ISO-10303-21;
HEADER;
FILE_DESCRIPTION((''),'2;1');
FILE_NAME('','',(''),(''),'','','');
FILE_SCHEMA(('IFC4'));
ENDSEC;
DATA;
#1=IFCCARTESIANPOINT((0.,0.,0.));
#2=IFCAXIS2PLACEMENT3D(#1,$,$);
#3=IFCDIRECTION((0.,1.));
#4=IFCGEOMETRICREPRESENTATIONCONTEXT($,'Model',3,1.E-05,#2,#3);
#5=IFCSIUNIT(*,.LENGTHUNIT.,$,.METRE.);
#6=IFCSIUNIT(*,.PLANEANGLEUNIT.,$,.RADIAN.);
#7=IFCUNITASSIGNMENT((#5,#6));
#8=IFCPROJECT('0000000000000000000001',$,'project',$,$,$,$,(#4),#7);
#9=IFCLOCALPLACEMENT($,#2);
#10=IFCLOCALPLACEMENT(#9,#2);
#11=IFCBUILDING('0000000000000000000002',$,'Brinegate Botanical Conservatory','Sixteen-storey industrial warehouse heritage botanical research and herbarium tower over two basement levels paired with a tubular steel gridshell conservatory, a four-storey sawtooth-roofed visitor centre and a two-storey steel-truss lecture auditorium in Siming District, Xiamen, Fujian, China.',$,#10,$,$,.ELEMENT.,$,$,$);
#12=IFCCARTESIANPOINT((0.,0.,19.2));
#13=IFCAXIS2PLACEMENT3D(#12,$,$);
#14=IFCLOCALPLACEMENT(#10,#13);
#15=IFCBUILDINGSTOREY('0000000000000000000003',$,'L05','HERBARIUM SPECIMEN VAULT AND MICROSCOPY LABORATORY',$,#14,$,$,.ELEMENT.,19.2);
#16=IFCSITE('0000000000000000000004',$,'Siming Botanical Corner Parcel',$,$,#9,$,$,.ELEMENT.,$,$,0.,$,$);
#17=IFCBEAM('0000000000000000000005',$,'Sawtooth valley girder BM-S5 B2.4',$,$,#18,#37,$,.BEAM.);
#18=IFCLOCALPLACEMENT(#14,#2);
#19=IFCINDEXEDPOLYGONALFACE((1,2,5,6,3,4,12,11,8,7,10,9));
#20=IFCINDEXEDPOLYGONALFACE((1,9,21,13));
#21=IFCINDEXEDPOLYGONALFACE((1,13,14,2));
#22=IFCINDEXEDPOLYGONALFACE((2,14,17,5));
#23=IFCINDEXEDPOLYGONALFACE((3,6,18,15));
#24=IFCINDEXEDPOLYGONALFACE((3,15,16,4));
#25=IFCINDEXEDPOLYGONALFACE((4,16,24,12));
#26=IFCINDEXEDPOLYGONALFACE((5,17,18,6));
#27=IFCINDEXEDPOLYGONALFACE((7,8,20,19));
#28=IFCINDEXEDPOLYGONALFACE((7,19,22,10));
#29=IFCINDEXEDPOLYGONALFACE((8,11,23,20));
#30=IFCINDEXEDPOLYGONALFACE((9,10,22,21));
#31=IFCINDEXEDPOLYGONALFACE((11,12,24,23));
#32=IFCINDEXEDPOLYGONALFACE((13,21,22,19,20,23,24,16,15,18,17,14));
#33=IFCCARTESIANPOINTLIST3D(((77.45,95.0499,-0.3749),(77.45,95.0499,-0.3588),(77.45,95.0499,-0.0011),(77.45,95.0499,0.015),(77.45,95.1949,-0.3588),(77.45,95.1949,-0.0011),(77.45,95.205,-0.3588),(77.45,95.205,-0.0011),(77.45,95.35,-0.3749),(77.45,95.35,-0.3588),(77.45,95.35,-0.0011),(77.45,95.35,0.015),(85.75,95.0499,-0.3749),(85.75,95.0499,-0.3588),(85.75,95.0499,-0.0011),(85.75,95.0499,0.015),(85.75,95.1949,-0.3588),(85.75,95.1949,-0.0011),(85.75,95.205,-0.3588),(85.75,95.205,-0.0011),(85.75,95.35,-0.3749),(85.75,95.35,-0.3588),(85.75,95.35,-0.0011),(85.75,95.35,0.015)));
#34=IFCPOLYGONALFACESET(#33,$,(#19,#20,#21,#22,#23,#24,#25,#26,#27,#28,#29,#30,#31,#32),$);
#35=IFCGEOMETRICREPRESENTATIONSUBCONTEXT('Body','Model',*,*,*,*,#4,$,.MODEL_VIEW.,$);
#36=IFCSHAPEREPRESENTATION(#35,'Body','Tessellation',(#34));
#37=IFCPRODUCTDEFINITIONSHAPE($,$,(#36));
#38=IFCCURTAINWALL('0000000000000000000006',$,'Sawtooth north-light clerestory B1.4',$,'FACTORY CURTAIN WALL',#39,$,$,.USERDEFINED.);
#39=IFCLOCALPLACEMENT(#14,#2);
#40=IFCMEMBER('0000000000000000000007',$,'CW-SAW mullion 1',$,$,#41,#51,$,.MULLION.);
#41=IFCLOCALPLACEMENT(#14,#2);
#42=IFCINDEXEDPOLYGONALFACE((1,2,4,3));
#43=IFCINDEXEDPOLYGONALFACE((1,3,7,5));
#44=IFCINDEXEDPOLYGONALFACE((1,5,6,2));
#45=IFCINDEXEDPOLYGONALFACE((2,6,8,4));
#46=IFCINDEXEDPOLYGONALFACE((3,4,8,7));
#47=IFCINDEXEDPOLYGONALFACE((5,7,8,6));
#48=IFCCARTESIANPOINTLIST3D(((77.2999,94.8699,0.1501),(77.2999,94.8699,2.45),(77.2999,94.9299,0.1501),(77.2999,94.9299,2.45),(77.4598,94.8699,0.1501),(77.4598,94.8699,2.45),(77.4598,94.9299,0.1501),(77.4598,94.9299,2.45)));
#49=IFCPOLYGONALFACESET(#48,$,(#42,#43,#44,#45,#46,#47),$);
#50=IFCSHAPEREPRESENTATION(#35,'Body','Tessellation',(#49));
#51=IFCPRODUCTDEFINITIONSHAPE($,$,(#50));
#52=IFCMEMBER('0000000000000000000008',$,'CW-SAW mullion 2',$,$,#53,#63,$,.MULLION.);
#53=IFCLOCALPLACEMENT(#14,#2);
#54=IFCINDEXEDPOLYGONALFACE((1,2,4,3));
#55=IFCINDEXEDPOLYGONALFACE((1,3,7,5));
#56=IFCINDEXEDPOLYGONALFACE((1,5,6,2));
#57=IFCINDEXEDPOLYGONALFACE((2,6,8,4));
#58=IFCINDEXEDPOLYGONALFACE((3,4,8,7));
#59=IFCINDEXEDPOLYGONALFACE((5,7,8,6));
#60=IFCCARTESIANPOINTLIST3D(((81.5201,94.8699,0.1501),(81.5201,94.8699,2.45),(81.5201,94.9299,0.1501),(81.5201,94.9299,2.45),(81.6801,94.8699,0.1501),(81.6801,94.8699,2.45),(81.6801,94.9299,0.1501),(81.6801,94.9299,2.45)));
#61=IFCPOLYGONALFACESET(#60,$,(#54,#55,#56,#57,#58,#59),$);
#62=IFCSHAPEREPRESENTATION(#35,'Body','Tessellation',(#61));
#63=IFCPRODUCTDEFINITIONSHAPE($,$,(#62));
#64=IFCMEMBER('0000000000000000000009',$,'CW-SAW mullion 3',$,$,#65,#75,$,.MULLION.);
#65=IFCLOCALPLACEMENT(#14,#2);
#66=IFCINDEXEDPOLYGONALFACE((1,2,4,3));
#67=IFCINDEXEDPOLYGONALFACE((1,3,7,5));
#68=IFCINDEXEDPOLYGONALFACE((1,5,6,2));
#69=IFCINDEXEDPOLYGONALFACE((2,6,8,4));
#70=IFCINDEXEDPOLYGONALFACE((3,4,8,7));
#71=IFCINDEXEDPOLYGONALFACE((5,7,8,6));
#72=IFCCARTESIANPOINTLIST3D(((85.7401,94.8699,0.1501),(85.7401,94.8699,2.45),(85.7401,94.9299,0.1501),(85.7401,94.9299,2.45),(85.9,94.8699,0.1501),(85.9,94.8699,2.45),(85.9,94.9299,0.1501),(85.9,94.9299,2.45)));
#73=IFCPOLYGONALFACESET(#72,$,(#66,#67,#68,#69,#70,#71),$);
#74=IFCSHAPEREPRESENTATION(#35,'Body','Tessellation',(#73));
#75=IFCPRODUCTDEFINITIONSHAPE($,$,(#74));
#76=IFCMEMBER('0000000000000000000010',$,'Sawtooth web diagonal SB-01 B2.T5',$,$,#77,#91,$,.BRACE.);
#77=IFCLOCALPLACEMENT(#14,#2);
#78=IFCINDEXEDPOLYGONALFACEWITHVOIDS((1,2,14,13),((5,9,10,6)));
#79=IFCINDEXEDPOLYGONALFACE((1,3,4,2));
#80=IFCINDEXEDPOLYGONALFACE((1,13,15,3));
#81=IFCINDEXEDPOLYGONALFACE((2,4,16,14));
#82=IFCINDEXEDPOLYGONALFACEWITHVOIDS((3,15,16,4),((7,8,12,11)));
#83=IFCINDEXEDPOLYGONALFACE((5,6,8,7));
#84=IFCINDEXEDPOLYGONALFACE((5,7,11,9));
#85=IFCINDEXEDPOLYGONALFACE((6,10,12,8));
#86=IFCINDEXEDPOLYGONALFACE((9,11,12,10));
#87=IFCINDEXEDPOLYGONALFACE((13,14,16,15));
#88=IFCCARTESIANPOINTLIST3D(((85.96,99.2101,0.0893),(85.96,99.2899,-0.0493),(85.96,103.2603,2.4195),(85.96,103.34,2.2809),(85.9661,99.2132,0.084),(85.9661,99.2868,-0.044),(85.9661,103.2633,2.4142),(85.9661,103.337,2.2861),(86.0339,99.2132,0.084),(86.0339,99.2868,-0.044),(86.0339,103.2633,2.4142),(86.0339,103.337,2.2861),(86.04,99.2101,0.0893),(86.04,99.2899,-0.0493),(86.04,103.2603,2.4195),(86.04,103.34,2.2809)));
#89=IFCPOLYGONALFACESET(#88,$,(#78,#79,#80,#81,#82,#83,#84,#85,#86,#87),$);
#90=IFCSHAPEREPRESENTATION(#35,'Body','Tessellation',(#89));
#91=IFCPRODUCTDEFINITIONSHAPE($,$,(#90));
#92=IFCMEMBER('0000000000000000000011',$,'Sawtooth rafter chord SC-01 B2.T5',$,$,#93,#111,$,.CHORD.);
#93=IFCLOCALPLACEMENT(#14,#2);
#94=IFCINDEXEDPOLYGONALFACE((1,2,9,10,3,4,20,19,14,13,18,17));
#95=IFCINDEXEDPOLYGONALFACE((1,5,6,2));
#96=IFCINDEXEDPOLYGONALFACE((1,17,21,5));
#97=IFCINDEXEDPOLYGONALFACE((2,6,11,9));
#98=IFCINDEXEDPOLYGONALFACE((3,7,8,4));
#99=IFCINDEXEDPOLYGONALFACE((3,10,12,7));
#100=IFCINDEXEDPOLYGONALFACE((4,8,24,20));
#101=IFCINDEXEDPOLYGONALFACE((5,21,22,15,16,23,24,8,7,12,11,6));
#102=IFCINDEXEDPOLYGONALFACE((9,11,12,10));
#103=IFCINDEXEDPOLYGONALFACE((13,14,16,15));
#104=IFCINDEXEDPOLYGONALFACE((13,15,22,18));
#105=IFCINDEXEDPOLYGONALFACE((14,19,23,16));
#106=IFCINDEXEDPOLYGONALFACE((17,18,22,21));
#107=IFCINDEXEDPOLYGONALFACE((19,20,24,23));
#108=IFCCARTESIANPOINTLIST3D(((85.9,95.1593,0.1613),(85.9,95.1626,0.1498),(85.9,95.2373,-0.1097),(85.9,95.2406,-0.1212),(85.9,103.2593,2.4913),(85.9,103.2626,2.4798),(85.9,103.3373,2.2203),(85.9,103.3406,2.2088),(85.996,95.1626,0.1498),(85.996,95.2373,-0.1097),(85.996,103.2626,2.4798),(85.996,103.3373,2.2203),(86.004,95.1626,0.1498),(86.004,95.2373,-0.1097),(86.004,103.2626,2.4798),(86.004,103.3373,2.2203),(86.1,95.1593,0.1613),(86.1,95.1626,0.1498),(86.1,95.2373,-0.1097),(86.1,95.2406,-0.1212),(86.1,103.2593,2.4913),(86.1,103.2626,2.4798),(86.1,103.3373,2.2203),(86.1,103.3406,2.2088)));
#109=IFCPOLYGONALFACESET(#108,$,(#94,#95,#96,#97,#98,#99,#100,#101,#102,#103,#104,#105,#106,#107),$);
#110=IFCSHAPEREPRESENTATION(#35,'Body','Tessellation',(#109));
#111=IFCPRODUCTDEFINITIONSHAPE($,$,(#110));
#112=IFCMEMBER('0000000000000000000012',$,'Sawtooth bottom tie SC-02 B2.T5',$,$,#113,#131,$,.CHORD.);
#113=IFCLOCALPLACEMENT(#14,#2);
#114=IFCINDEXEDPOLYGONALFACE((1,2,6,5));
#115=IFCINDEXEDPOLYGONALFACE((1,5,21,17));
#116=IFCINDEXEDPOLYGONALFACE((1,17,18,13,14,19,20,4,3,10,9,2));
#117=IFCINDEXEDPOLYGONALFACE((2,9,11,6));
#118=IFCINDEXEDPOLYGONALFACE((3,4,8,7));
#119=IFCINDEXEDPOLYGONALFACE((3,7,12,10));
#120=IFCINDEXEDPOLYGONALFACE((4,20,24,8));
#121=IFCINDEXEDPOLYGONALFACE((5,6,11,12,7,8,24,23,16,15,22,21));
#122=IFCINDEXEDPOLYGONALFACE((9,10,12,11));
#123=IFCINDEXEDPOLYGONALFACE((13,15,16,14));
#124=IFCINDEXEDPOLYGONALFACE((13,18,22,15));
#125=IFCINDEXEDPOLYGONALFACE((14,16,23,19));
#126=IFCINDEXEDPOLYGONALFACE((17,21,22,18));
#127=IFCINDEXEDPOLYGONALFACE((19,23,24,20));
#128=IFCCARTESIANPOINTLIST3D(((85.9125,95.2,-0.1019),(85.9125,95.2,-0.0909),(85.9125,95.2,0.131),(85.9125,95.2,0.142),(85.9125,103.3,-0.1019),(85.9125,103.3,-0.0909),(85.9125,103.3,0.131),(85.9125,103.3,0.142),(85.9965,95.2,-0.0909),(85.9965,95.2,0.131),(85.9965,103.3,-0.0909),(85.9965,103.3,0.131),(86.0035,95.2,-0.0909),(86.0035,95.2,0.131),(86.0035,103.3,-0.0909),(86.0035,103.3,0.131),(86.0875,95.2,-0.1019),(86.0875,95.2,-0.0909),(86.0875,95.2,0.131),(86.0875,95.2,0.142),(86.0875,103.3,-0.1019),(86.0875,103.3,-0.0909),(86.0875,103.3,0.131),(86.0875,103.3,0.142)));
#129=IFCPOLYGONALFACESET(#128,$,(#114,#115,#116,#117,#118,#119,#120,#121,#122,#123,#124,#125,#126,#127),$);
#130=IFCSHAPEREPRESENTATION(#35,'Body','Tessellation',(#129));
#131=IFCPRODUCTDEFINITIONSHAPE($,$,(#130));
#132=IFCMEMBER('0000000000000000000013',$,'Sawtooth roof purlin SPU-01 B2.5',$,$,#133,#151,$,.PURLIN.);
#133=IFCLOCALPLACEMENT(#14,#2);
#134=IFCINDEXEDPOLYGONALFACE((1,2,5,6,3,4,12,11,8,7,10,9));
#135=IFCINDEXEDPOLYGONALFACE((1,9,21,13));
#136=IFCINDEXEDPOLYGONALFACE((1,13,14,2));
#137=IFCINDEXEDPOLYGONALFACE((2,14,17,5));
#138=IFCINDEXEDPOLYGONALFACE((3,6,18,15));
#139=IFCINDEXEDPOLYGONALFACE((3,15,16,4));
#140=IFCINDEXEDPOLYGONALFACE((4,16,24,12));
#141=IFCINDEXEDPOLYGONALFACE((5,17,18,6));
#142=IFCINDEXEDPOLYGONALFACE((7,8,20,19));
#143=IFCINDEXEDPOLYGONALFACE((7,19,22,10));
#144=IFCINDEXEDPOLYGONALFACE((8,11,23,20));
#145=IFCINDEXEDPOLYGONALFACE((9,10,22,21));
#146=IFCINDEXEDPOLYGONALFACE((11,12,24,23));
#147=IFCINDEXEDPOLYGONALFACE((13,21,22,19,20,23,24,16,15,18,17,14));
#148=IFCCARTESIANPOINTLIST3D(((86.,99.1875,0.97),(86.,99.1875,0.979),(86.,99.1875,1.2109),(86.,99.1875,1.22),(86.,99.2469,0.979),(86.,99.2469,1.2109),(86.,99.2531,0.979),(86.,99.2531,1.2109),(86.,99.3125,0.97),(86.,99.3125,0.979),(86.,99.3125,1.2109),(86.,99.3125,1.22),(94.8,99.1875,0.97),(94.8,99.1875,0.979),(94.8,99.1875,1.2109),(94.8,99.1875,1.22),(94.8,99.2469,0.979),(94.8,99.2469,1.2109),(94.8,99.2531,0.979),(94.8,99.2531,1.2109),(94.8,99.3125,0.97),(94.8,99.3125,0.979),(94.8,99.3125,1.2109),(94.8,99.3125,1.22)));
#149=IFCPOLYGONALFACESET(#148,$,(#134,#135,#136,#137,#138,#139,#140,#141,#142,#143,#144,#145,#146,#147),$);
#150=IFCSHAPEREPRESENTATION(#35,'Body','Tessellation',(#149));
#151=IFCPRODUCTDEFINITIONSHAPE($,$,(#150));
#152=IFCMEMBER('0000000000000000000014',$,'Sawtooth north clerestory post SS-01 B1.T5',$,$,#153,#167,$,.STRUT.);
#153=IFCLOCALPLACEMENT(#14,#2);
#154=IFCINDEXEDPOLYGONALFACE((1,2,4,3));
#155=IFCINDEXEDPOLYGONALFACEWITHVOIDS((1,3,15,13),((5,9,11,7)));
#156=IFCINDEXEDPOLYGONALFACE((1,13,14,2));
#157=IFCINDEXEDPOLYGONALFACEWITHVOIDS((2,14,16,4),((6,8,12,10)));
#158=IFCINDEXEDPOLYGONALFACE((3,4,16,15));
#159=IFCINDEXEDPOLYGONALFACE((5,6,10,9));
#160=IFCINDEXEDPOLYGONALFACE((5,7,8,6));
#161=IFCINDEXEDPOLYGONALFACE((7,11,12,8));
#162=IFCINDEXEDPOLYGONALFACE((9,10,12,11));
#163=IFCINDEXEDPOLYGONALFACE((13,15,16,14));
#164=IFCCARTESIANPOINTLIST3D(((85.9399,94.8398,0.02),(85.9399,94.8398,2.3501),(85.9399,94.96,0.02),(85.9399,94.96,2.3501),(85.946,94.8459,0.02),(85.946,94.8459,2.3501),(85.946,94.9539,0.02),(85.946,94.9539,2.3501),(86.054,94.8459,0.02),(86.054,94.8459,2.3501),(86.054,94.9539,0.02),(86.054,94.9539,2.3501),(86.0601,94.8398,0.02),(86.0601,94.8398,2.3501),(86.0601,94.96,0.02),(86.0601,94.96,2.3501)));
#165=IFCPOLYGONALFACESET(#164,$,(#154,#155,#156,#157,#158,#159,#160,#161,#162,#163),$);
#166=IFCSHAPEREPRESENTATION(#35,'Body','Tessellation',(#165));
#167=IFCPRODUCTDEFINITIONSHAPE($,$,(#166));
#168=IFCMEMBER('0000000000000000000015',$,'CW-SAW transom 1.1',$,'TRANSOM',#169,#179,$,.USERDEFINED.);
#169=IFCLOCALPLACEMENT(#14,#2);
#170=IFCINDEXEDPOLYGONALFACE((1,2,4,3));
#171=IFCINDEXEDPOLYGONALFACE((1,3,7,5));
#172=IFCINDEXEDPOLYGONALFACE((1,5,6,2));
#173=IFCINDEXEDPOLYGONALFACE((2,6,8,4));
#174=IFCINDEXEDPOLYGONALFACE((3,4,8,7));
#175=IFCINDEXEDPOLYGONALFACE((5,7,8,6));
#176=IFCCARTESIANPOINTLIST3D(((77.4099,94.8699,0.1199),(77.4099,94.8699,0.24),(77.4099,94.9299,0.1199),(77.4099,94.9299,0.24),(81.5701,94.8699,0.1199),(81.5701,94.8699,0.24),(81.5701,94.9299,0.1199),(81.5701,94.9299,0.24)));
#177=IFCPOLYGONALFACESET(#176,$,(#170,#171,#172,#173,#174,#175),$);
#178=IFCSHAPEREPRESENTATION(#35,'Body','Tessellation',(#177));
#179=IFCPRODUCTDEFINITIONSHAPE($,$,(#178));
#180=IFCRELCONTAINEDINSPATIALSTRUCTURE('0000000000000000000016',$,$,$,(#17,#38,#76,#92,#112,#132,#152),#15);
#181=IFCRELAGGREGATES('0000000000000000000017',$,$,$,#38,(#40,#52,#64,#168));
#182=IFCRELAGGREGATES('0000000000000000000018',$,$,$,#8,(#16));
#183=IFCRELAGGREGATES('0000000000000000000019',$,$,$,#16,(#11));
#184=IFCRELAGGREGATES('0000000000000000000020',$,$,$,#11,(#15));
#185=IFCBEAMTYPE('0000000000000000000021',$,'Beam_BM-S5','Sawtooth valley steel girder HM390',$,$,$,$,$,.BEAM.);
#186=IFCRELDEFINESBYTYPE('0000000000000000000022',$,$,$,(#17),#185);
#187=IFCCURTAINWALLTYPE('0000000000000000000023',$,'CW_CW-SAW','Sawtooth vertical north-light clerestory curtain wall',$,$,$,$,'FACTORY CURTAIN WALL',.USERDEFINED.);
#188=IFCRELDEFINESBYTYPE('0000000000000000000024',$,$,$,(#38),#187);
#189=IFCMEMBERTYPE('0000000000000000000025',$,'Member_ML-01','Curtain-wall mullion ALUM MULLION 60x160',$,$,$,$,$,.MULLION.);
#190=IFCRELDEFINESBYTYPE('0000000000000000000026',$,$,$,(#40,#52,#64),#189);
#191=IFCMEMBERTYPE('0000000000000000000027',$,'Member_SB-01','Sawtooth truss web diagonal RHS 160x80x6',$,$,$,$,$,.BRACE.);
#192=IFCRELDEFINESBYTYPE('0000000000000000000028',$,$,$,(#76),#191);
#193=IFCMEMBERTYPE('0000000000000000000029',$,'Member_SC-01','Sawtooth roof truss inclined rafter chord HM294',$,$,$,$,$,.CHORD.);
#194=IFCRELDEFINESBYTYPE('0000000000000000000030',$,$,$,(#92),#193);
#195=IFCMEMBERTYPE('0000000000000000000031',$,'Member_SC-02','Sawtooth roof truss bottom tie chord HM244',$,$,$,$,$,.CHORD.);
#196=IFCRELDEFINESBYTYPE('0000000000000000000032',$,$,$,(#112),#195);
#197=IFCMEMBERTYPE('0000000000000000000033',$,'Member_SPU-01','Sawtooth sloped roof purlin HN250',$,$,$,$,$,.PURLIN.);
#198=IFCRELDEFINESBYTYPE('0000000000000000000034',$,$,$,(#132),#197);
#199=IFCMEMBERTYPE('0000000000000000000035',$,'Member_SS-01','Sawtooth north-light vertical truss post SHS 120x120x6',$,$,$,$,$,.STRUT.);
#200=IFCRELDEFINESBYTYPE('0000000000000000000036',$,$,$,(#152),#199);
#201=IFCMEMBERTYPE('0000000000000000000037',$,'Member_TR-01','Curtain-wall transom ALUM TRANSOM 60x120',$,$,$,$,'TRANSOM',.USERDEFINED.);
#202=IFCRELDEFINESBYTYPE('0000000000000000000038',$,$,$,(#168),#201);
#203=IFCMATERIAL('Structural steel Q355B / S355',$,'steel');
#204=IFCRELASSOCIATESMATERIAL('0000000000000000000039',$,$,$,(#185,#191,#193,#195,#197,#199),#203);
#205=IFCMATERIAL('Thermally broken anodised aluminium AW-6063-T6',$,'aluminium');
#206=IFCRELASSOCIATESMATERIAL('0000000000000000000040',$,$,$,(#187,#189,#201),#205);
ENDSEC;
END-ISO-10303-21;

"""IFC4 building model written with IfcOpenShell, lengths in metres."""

from ifc_helpers import new_model, si_unit, direction, frame, origin, origin_2d, place, context, subcontext, project, spatial, rectangle, hollow_rectangle, i_section, extrude, material, material_profile, profile_set, type_object, element, aggregate, save


model = new_model("IFC4")

# Units and contexts
model_context = context("Model", 3, precision=1e-05, world=origin(), true_north=direction((0.0, 1.0)))
body_context = subcontext(model_context, "Body", "Model", "MODEL_VIEW")
ifc_project = project(units=[si_unit("LENGTHUNIT", "METRE"), si_unit("PLANEANGLEUNIT", "RADIAN")], contexts=[model_context])

# Site, building, storey
site_placement = place(None, origin())
site = spatial("IfcSite", under=ifc_project, at=site_placement, Name="Siming Botanical Corner Parcel", CompositionType="ELEMENT", RefElevation=0.0)
building_placement = place(site_placement, origin())
building = spatial("IfcBuilding", under=site, at=building_placement, Name="Brinegate Botanical Conservatory", Description="Sixteen-storey industrial warehouse heritage botanical research and herbarium tower over two basement levels paired with a tubular steel gridshell conservatory, a four-storey sawtooth-roofed visitor centre and a two-storey steel-truss lecture auditorium in Siming District, Xiamen, Fujian, China.", CompositionType="ELEMENT")
storey_placement = place(building_placement, frame((0.0, 0.0, 19.2)))
storey = spatial("IfcBuildingStorey", under=building, at=storey_placement, Name="L05", Description="HERBARIUM SPECIMEN VAULT AND MICROSCOPY LABORATORY", CompositionType="ELEMENT", Elevation=19.2)

# Beam
ifc_material_1 = material(Name="Structural steel Q355B / S355", Category="steel")
ifc_material_profile_1 = material_profile(ifc_material_1, i_section(OverallWidth=0.3, OverallDepth=0.3899, WebThickness=0.01, FlangeThickness=0.0161, at=origin_2d()), Name="HM 390x300x10x16")
ifc_profile_set_1 = profile_set([ifc_material_profile_1], Name="Structural steel Q355B / S355")
beam_type = type_object("IfcBeamType", Name="Beam_BM-S5", Description="Sawtooth valley steel girder HM390", PredefinedType="BEAM", material=ifc_profile_set_1)
beam_placement = place(storey_placement, frame((77.45, 95.2, -0.1799), z_axis=(1.0, 0.0, 0.0), x_axis=(0.0, 1.0, 0.0)))
element("IfcBeam", 1, at=beam_placement, inside=storey, type_object=beam_type, Name="Sawtooth valley girder BM-S5 B2.4", PredefinedType="BEAM", context=body_context, shape_type="SweptSolid", body=[
    extrude(i_section(OverallWidth=0.3, OverallDepth=0.3899, WebThickness=0.01, FlangeThickness=0.0161, at=origin_2d()), origin(), (0.0, 0.0, 1.0), 8.3),
])

# Curtain wall, members
ifc_material_2 = material(Name="Thermally broken anodised aluminium AW-6063-T6", Category="aluminium")
curtain_wall_type = type_object("IfcCurtainWallType", Name="CW_CW-SAW", Description="Sawtooth vertical north-light clerestory curtain wall", ElementType="FACTORY CURTAIN WALL", PredefinedType="USERDEFINED", material=ifc_material_2)
curtain_wall_placement = place(storey_placement, origin())
curtain_wall = element("IfcCurtainWall", 2, at=curtain_wall_placement, inside=storey, type_object=curtain_wall_type, Name="Sawtooth north-light clerestory B1.4", ObjectType="FACTORY CURTAIN WALL", PredefinedType="USERDEFINED")
ifc_material_profile_2 = material_profile(ifc_material_2, rectangle(XDim=0.0601, YDim=0.1599, at=origin_2d()), Name="ALUM MULLION 60x160")
ifc_profile_set_2 = profile_set([ifc_material_profile_2], Name="Thermally broken anodised aluminium AW-6063-T6")
member_type_1 = type_object("IfcMemberType", Name="Member_ML-01", Description="Curtain-wall mullion ALUM MULLION 60x160", PredefinedType="MULLION", material=ifc_profile_set_2)
member_1_placement = place(storey_placement, frame((77.3799, 94.8999, 0.1501), z_axis=(0.0, 0.0, 1.0), x_axis=(0.0, 1.0, 0.0)))
member_1 = element("IfcMember", 3, at=member_1_placement, type_object=member_type_1, Name="CW-SAW mullion 1", PredefinedType="MULLION", context=body_context, shape_type="SweptSolid", body=[
    extrude(rectangle(XDim=0.0601, YDim=0.1599, at=origin_2d()), origin(), (0.0, 0.0, 1.0), 2.2998),
])
member_2_placement = place(storey_placement, frame((81.6001, 94.8999, 0.1501), z_axis=(0.0, 0.0, 1.0), x_axis=(0.0, 1.0, 0.0)))
member_2 = element("IfcMember", 4, at=member_2_placement, type_object=member_type_1, Name="CW-SAW mullion 2", PredefinedType="MULLION", context=body_context, shape_type="SweptSolid", body=[
    extrude(rectangle(XDim=0.0601, YDim=0.1599, at=origin_2d()), origin(), (0.0, 0.0, 1.0), 2.2998),
])
member_3_placement = place(storey_placement, frame((85.8201, 94.8999, 0.1501), z_axis=(0.0, 0.0, 1.0), x_axis=(0.0, 1.0, 0.0)))
member_3 = element("IfcMember", 5, at=member_3_placement, type_object=member_type_1, Name="CW-SAW mullion 3", PredefinedType="MULLION", context=body_context, shape_type="SweptSolid", body=[
    extrude(rectangle(XDim=0.0601, YDim=0.1599, at=origin_2d()), origin(), (0.0, 0.0, 1.0), 2.2998),
])

# Members
ifc_material_profile_3 = material_profile(ifc_material_1, hollow_rectangle(XDim=0.0801, YDim=0.1599, WallThickness=0.0061, at=origin_2d()), Name="RHS 160x80x6")
ifc_profile_set_3 = profile_set([ifc_material_profile_3], Name="Structural steel Q355B / S355")
member_type_2 = type_object("IfcMemberType", Name="Member_SB-01", Description="Sawtooth truss web diagonal RHS 160x80x6", PredefinedType="BRACE", material=ifc_profile_set_3)
member_4_placement = place(storey_placement, frame((86.0, 99.25, 0.02), z_axis=(0.0, 0.866786, 0.49868), x_axis=(-1.0, 0.0, 0.0)))
element("IfcMember", 6, at=member_4_placement, inside=storey, type_object=member_type_2, Name="Sawtooth web diagonal SB-01 B2.T5", PredefinedType="BRACE", context=body_context, shape_type="SweptSolid", body=[
    extrude(hollow_rectangle(XDim=0.0801, YDim=0.1599, WallThickness=0.0061, at=origin_2d()), origin(), (0.0, 0.0, 1.0), 4.6726),
])
ifc_material_profile_4 = material_profile(ifc_material_1, i_section(OverallWidth=0.2, OverallDepth=0.2939, WebThickness=0.0081, FlangeThickness=0.012, at=origin_2d()), Name="HM 294x200x8x12")
ifc_profile_set_4 = profile_set([ifc_material_profile_4], Name="Structural steel Q355B / S355")
member_type_3 = type_object("IfcMemberType", Name="Member_SC-01", Description="Sawtooth roof truss inclined rafter chord HM294", PredefinedType="CHORD", material=ifc_profile_set_4)
member_5_placement = place(storey_placement, frame((86.0, 95.2, 0.02), z_axis=(0.0, 0.961028, 0.27645), x_axis=(-1.0, 0.0, 0.0)))
element("IfcMember", 7, at=member_5_placement, inside=storey, type_object=member_type_3, Name="Sawtooth rafter chord SC-01 B2.T5", PredefinedType="CHORD", context=body_context, shape_type="SweptSolid", body=[
    extrude(i_section(OverallWidth=0.2, OverallDepth=0.2939, WebThickness=0.0081, FlangeThickness=0.012, at=origin_2d()), origin(), (0.0, 0.0, 1.0), 8.4285),
])
ifc_material_profile_5 = material_profile(ifc_material_1, i_section(OverallWidth=0.175, OverallDepth=0.2439, WebThickness=0.0071, FlangeThickness=0.011, at=origin_2d()), Name="HM 244x175x7x11")
ifc_profile_set_5 = profile_set([ifc_material_profile_5], Name="Structural steel Q355B / S355")
member_type_4 = type_object("IfcMemberType", Name="Member_SC-02", Description="Sawtooth roof truss bottom tie chord HM244", PredefinedType="CHORD", material=ifc_profile_set_5)
member_6_placement = place(storey_placement, frame((86.0, 95.2, 0.02), z_axis=(0.0, 1.0, 0.0), x_axis=(-1.0, 0.0, 0.0)))
element("IfcMember", 8, at=member_6_placement, inside=storey, type_object=member_type_4, Name="Sawtooth bottom tie SC-02 B2.T5", PredefinedType="CHORD", context=body_context, shape_type="SweptSolid", body=[
    extrude(i_section(OverallWidth=0.175, OverallDepth=0.2439, WebThickness=0.0071, FlangeThickness=0.011, at=origin_2d()), origin(), (0.0, 0.0, 1.0), 8.1001),
])
ifc_material_profile_6 = material_profile(ifc_material_1, i_section(OverallWidth=0.125, OverallDepth=0.25, WebThickness=0.0061, FlangeThickness=0.009, at=origin_2d()), Name="HN 250x125x6x9")
ifc_profile_set_6 = profile_set([ifc_material_profile_6], Name="Structural steel Q355B / S355")
member_type_5 = type_object("IfcMemberType", Name="Member_SPU-01", Description="Sawtooth sloped roof purlin HN250", PredefinedType="PURLIN", material=ifc_profile_set_6)
member_7_placement = place(storey_placement, frame((86.0, 99.25, 1.095), z_axis=(1.0, 0.0, 0.0), x_axis=(0.0, 1.0, 0.0)))
element("IfcMember", 9, at=member_7_placement, inside=storey, type_object=member_type_5, Name="Sawtooth roof purlin SPU-01 B2.5", PredefinedType="PURLIN", context=body_context, shape_type="SweptSolid", body=[
    extrude(i_section(OverallWidth=0.125, OverallDepth=0.25, WebThickness=0.0061, FlangeThickness=0.009, at=origin_2d()), origin(), (0.0, 0.0, 1.0), 8.8),
])
ifc_material_profile_7 = material_profile(ifc_material_1, hollow_rectangle(XDim=0.1201, YDim=0.1201, WallThickness=0.0061, at=origin_2d()), Name="SHS 120x120x6")
ifc_profile_set_7 = profile_set([ifc_material_profile_7], Name="Structural steel Q355B / S355")
member_type_6 = type_object("IfcMemberType", Name="Member_SS-01", Description="Sawtooth north-light vertical truss post SHS 120x120x6", PredefinedType="STRUT", material=ifc_profile_set_7)
member_8_placement = place(storey_placement, frame((86.0, 94.8999, 0.02), z_axis=(0.0, 0.0, 1.0), x_axis=(1.0, 0.0, 0.0)))
element("IfcMember", 10, at=member_8_placement, inside=storey, type_object=member_type_6, Name="Sawtooth north clerestory post SS-01 B1.T5", PredefinedType="STRUT", context=body_context, shape_type="SweptSolid", body=[
    extrude(hollow_rectangle(XDim=0.1201, YDim=0.1201, WallThickness=0.0061, at=origin_2d()), origin(), (0.0, 0.0, 1.0), 2.3301),
])

# Member
ifc_material_profile_8 = material_profile(ifc_material_2, rectangle(XDim=0.0601, YDim=0.1201, at=origin_2d()), Name="ALUM TRANSOM 60x120")
ifc_profile_set_8 = profile_set([ifc_material_profile_8], Name="Thermally broken anodised aluminium AW-6063-T6")
member_type_7 = type_object("IfcMemberType", Name="Member_TR-01", Description="Curtain-wall transom ALUM TRANSOM 60x120", ElementType="TRANSOM", PredefinedType="USERDEFINED", material=ifc_profile_set_8)
member_9_placement = place(storey_placement, frame((77.4099, 94.8999, 0.1799), z_axis=(1.0, 0.0, 0.0), x_axis=(0.0, 1.0, 0.0)))
member_9 = element("IfcMember", 11, at=member_9_placement, type_object=member_type_7, Name="CW-SAW transom 1.1", ObjectType="TRANSOM", PredefinedType="USERDEFINED", context=body_context, shape_type="SweptSolid", body=[
    extrude(rectangle(XDim=0.0601, YDim=0.1201, at=origin_2d()), origin(), (0.0, 0.0, 1.0), 4.1602),
])

aggregate(curtain_wall, [member_1, member_2, member_3, member_9])

save(model, "model.ifc")
